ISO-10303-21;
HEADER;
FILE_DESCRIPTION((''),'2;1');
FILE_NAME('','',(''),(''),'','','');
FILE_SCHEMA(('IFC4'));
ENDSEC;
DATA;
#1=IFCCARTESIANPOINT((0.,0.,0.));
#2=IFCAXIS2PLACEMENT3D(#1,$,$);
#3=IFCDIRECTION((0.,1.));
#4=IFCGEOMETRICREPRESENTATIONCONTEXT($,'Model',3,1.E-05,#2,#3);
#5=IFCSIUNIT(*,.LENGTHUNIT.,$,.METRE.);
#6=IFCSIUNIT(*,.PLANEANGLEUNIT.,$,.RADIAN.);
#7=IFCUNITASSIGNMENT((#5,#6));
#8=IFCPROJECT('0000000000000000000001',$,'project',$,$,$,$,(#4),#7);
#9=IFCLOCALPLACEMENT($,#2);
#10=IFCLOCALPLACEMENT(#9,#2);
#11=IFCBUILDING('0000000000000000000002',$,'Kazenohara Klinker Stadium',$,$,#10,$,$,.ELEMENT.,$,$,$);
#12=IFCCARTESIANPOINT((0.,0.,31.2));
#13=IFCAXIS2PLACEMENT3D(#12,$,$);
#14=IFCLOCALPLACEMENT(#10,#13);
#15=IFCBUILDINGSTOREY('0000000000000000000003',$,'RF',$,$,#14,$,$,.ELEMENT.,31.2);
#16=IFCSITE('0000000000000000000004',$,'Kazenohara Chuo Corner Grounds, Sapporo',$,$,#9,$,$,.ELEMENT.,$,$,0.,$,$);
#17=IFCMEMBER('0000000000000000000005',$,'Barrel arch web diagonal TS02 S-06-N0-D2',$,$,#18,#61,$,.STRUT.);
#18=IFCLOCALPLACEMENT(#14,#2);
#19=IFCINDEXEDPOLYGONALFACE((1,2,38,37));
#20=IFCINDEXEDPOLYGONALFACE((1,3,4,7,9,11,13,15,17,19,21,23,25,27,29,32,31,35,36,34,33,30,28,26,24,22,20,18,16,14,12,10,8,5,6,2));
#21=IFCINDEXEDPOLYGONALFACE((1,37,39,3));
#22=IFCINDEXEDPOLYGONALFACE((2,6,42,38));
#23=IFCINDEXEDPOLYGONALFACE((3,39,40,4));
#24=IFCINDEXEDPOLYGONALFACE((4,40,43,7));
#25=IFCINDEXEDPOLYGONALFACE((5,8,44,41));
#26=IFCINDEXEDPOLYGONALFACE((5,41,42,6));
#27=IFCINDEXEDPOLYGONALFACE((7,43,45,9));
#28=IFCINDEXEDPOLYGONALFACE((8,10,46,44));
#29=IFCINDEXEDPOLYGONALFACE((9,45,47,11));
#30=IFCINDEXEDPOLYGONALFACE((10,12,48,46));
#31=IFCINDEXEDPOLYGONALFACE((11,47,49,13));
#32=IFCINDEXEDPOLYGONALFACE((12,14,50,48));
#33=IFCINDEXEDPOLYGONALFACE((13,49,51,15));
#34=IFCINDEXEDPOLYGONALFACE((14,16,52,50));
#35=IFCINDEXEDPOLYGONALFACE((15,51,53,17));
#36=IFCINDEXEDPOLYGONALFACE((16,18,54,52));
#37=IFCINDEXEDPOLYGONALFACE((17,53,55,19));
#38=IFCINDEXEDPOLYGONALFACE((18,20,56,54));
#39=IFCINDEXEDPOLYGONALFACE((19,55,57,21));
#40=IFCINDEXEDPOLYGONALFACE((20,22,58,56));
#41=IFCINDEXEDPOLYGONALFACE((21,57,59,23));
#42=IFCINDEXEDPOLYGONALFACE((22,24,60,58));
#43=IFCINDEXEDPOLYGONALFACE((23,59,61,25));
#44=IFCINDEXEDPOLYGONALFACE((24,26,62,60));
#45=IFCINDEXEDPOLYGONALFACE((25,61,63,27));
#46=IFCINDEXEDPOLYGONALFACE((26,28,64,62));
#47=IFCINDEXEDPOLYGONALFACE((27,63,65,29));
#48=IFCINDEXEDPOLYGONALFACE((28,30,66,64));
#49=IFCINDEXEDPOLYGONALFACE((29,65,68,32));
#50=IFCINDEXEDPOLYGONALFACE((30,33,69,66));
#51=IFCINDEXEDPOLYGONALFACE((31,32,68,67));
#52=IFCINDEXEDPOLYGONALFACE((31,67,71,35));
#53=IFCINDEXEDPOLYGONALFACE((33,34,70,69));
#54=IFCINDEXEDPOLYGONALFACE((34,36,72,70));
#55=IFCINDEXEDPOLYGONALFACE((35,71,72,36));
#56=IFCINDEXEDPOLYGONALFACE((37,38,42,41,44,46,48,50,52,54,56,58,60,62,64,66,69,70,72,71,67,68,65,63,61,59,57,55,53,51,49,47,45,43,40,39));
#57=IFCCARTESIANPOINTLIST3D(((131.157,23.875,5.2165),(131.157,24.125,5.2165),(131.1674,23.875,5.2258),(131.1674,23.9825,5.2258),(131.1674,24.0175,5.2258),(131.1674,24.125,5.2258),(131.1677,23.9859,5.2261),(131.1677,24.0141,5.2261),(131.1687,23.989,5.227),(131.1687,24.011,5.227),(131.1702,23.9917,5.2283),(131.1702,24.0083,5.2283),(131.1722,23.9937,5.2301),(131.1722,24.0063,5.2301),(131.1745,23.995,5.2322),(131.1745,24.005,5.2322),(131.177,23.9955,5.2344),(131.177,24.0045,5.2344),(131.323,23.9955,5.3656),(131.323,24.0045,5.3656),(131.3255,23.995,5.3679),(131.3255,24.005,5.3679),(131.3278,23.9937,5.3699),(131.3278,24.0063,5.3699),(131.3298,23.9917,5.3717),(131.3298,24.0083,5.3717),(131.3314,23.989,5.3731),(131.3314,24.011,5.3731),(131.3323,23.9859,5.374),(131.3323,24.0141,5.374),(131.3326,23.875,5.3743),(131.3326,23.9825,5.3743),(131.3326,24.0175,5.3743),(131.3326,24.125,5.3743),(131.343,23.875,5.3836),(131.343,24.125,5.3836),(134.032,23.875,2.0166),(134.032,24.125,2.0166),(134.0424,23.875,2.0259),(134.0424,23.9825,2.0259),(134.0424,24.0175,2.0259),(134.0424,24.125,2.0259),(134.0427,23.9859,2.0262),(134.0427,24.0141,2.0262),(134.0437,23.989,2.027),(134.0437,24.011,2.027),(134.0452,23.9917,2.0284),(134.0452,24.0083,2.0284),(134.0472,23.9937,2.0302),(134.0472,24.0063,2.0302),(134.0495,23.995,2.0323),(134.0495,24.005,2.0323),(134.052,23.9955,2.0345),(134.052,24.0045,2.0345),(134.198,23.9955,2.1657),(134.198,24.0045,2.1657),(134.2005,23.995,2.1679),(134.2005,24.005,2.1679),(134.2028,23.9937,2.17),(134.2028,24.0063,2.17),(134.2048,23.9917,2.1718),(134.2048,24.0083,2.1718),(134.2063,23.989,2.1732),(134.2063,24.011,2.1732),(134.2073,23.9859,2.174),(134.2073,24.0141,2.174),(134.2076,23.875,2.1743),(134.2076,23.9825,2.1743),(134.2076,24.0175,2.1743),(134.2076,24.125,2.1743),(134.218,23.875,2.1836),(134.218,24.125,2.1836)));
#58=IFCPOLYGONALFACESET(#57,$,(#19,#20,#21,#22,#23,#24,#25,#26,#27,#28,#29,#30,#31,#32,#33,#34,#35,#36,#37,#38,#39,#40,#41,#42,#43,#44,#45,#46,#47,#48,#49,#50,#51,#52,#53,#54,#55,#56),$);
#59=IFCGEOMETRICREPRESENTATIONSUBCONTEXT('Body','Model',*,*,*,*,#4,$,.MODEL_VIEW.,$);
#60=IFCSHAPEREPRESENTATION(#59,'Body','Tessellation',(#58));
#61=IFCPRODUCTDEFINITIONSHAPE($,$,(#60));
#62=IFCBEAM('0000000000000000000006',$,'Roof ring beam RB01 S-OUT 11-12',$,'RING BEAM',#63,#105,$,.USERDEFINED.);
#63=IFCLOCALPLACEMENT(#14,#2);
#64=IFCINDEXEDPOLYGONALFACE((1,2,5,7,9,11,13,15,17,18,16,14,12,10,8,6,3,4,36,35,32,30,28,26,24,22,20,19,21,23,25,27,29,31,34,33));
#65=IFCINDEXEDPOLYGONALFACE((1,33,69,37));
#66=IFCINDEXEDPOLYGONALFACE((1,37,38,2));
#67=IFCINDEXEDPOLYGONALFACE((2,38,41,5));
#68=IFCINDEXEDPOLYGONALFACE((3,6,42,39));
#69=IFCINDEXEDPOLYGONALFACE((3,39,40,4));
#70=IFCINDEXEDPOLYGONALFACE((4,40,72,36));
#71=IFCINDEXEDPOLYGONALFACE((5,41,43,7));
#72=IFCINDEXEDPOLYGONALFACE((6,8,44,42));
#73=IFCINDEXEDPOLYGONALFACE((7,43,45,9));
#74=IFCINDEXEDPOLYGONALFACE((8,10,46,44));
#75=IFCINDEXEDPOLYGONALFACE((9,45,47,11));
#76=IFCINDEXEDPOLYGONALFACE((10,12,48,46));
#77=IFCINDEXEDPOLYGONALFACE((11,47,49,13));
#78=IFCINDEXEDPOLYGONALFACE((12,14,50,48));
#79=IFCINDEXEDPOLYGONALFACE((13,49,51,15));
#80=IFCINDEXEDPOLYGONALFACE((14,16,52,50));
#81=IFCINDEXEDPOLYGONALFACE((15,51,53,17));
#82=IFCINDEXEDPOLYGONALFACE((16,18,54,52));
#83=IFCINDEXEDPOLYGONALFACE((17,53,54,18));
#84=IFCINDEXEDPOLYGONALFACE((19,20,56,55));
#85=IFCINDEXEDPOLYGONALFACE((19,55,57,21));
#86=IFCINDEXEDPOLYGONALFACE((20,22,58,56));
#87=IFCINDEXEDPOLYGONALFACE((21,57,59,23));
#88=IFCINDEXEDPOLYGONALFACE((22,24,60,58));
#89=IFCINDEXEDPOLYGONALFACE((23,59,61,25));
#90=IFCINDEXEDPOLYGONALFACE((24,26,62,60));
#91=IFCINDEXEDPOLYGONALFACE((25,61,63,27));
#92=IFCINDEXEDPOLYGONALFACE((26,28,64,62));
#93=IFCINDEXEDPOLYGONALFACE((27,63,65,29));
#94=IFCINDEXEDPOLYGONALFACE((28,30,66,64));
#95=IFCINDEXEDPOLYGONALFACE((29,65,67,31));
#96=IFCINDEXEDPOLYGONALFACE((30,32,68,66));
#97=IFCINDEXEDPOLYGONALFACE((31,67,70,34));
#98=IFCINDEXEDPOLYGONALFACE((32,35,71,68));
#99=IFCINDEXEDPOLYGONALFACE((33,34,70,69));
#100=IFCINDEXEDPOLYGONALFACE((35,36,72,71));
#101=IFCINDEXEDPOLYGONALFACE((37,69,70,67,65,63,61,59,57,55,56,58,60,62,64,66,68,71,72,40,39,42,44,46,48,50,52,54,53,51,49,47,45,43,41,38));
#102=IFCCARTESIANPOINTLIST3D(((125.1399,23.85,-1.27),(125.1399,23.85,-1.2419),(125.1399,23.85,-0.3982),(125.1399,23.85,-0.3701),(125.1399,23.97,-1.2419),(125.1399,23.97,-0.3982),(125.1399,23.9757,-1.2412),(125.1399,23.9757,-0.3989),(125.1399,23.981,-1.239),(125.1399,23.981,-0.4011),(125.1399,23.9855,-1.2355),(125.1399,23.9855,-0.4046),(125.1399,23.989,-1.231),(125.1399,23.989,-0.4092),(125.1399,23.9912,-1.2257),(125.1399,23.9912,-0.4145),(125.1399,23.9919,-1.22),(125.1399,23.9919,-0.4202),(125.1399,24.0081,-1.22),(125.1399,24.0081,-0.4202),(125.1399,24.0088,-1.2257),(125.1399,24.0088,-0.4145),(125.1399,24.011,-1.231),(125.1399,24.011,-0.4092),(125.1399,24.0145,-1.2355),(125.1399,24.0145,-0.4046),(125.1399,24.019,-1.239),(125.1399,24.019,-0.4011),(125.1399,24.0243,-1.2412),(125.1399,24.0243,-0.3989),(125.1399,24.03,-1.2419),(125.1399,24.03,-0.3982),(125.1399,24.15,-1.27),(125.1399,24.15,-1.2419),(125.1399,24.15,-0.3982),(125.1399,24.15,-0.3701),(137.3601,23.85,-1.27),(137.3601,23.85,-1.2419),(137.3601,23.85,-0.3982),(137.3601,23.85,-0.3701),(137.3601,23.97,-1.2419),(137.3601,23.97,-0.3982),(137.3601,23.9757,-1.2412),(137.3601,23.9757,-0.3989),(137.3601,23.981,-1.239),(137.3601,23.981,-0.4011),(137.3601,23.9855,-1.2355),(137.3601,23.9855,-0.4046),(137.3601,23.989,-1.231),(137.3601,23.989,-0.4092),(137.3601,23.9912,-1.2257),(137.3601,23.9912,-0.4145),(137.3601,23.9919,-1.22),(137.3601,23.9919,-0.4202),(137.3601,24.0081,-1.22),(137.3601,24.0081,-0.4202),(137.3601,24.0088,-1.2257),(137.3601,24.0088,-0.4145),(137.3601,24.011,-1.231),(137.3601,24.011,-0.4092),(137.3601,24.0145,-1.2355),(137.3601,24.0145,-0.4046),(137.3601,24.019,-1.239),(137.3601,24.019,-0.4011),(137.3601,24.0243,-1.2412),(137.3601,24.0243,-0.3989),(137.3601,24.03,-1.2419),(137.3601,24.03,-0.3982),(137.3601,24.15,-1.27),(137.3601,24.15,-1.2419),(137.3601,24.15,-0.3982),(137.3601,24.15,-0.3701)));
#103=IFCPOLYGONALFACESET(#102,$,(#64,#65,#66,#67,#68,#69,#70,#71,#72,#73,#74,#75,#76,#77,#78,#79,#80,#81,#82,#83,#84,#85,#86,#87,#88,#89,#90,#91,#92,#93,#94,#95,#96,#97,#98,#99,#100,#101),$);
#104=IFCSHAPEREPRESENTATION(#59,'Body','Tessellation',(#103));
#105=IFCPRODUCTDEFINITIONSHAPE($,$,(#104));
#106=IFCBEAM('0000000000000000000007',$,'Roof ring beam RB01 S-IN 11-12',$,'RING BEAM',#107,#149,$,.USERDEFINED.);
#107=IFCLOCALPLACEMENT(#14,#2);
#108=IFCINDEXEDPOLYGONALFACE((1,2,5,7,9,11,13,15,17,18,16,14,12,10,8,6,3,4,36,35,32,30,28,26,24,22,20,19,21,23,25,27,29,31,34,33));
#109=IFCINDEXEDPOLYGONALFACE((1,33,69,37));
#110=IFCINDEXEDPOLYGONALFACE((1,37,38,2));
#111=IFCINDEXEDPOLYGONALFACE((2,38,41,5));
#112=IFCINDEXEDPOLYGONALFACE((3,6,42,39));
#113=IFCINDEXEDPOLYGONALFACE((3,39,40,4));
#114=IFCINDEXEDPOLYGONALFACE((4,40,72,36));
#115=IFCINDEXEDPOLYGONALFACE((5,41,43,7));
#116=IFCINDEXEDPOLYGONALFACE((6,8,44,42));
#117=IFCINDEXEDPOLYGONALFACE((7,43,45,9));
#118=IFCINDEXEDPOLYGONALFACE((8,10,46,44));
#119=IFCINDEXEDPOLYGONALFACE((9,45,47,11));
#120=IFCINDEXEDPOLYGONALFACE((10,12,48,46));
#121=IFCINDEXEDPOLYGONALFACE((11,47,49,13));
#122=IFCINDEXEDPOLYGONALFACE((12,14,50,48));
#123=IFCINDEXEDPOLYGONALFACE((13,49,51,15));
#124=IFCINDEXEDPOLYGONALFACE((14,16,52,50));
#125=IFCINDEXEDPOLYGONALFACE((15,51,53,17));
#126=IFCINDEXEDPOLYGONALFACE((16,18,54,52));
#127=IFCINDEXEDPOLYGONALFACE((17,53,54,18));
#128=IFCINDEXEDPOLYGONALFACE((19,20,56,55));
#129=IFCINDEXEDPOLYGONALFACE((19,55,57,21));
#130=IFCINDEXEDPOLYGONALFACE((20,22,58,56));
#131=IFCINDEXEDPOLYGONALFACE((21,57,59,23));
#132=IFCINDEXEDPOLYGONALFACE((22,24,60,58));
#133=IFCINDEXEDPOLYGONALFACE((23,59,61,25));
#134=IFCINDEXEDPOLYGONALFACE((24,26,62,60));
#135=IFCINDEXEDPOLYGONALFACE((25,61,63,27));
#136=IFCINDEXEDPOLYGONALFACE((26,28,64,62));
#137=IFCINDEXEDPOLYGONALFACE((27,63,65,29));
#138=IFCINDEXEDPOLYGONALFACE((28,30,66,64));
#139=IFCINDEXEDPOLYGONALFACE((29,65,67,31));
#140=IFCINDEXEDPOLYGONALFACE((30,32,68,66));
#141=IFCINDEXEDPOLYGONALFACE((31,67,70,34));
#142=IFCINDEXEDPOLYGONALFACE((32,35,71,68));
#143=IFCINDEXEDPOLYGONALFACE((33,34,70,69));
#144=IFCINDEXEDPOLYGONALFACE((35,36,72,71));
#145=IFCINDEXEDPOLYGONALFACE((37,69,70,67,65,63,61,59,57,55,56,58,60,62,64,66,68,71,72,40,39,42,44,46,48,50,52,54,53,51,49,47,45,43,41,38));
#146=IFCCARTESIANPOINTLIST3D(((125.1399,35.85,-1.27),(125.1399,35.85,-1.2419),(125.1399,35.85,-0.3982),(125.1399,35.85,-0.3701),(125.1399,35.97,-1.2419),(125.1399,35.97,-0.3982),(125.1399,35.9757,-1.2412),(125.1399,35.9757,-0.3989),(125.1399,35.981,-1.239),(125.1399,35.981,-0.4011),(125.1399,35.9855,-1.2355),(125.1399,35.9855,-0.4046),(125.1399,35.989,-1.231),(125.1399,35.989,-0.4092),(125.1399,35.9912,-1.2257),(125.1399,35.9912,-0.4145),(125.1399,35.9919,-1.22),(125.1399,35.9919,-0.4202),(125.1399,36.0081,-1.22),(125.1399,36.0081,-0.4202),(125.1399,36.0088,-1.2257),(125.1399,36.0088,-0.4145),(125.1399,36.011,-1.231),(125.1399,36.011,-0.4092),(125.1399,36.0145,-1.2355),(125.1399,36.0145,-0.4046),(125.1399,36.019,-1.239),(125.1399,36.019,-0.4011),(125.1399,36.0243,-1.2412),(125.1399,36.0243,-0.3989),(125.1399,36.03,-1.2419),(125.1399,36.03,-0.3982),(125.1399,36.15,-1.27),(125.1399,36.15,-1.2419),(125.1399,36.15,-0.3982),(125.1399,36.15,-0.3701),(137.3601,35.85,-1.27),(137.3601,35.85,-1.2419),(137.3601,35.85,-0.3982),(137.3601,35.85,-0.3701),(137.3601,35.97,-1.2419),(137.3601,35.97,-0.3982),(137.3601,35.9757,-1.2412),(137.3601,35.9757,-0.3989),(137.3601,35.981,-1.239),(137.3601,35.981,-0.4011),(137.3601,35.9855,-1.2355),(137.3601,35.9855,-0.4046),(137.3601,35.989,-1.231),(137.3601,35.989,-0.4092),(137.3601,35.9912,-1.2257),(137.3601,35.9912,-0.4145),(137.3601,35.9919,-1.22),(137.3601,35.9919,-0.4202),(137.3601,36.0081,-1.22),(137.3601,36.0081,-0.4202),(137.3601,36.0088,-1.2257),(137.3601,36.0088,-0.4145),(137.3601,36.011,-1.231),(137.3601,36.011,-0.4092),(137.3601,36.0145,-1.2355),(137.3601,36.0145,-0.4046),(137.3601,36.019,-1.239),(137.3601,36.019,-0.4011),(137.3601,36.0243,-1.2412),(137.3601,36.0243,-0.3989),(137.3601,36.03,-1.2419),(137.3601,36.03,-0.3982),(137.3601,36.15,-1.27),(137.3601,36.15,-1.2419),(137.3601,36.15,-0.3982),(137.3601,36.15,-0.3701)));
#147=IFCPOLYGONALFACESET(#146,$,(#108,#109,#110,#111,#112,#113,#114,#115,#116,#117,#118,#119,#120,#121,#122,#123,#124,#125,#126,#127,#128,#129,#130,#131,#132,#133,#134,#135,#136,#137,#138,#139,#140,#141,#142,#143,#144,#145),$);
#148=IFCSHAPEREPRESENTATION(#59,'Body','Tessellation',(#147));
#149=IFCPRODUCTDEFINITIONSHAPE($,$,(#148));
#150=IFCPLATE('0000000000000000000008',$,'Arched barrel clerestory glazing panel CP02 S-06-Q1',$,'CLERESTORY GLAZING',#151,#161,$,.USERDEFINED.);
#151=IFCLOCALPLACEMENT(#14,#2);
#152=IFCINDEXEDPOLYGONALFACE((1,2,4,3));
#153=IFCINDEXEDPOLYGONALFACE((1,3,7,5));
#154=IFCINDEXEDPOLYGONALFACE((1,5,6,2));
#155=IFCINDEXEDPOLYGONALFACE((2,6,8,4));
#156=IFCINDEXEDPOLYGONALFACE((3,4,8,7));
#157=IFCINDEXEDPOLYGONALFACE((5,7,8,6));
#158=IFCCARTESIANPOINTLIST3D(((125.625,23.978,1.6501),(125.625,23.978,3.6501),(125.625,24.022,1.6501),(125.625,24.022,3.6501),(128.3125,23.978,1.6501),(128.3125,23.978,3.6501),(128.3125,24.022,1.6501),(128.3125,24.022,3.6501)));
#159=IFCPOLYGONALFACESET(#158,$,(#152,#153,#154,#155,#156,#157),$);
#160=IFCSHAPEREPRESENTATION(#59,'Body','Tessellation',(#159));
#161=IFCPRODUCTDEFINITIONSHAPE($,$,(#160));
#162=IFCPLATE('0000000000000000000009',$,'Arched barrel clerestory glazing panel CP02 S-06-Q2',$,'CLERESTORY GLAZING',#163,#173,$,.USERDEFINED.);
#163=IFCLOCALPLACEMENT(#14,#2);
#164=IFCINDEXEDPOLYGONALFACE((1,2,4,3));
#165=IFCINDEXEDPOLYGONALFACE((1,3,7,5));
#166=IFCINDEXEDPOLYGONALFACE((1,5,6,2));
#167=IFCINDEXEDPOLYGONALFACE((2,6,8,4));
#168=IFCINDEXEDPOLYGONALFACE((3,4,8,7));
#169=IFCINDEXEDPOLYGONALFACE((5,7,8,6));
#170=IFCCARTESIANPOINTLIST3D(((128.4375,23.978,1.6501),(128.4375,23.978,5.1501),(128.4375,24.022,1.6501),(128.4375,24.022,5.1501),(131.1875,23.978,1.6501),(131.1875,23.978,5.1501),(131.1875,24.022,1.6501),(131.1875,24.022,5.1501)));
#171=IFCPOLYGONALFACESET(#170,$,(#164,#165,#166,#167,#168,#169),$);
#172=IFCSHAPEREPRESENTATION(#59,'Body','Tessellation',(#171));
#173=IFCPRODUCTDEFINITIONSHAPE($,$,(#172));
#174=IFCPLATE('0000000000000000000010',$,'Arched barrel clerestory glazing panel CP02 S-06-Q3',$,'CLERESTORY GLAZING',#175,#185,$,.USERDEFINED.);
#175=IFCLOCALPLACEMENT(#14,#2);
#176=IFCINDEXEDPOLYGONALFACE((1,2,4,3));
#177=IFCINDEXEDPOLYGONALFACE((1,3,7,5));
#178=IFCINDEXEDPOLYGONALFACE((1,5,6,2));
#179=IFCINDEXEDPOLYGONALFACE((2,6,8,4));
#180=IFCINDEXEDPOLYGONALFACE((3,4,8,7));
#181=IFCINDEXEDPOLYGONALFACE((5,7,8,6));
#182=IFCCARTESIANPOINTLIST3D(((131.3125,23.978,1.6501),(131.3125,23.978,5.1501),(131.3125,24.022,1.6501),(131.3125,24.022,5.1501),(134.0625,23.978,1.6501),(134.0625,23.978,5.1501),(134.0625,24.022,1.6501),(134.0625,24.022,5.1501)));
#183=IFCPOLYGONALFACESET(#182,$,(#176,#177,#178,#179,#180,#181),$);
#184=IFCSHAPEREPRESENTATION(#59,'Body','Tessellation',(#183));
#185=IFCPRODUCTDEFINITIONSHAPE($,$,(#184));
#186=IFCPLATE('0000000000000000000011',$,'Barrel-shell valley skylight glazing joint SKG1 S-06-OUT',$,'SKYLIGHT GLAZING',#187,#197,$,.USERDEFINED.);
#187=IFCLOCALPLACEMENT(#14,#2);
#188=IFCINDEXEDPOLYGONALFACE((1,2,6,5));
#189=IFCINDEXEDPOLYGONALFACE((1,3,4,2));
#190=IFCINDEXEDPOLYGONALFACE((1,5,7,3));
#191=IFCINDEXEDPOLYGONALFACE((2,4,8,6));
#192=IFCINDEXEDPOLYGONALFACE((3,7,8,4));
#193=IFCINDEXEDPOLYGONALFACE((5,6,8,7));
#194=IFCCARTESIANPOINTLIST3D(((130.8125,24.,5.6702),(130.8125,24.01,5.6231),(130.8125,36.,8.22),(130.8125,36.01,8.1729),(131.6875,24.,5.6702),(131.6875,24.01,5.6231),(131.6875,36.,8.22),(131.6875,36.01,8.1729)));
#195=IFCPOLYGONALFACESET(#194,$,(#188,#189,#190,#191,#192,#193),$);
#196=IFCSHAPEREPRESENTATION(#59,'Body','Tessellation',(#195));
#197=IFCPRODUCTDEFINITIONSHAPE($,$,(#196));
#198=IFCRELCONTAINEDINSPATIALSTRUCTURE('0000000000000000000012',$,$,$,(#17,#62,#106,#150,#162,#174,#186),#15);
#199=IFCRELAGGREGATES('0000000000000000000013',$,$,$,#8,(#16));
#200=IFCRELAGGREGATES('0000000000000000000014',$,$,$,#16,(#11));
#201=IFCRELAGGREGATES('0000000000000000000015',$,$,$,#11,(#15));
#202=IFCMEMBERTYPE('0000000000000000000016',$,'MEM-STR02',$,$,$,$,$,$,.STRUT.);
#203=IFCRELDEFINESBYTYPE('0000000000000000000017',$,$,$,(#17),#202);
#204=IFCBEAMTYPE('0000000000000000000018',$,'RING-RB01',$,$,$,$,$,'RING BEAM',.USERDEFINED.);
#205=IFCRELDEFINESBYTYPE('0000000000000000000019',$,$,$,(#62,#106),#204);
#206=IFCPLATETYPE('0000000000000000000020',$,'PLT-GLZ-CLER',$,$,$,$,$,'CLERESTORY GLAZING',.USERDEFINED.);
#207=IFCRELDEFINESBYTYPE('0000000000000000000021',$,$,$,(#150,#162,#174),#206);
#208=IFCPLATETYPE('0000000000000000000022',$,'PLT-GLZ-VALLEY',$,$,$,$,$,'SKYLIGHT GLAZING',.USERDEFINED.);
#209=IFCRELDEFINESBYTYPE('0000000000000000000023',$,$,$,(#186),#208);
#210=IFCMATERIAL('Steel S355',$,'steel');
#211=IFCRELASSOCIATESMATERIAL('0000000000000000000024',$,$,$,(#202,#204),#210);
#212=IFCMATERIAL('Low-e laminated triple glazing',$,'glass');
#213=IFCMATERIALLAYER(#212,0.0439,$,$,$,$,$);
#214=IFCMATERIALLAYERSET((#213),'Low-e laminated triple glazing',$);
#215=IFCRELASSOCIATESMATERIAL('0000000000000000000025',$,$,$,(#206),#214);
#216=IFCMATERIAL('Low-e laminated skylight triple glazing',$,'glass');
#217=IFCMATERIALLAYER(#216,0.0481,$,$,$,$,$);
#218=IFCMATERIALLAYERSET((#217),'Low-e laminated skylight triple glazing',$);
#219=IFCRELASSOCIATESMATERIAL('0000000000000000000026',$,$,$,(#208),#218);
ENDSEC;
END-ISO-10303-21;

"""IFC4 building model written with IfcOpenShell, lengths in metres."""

from ifc_helpers import new_model, si_unit, direction, frame, origin, origin_2d, place, context, subcontext, project, spatial, polyline, rectangle, i_section, outline, extrude, material, layer, layer_set, material_profile, profile_set, type_object, element, save


model = new_model("IFC4")

# Units and contexts
model_context = context("Model", 3, precision=1e-05, world=origin(), true_north=direction((0.0, 1.0)))
body_context = subcontext(model_context, "Body", "Model", "MODEL_VIEW")
ifc_project = project(units=[si_unit("LENGTHUNIT", "METRE"), si_unit("PLANEANGLEUNIT", "RADIAN")], contexts=[model_context])

# Site, building, storey
site_placement = place(None, origin())
site = spatial("IfcSite", under=ifc_project, at=site_placement, Name="Kazenohara Chuo Corner Grounds, Sapporo", CompositionType="ELEMENT", RefElevation=0.0)
building_placement = place(site_placement, origin())
building = spatial("IfcBuilding", under=site, at=building_placement, Name="Kazenohara Klinker Stadium", CompositionType="ELEMENT")
storey_placement = place(building_placement, frame((0.0, 0.0, 31.2)))
storey = spatial("IfcBuildingStorey", under=building, at=storey_placement, Name="RF", CompositionType="ELEMENT", Elevation=31.2)

# Member
ifc_material_1 = material(Name="Steel S355", Category="steel")
ifc_material_profile_1 = material_profile(ifc_material_1, i_section(OverallWidth=0.25, OverallDepth=0.25, WebThickness=0.009, FlangeThickness=0.0139, FilletRadius=0.0129, at=origin_2d()), Name="H-250x250x9x14")
ifc_profile_set_1 = profile_set([ifc_material_profile_1], Name="Steel S355")
member_type_1 = type_object("IfcMemberType", Name="MEM-STR02", PredefinedType="STRUT", material=ifc_profile_set_1)
for number, where, z_axis, x_axis, name in (
    (1, (134.125, 24.0, 2.1001), (-0.668328, 0.0, 0.743867), (0.0, -1.0, 0.0), "Barrel arch web diagonal TS02 S-06-N0-D2"),
):
    element("IfcMember", number, at=place(storey_placement, frame(where, z_axis=z_axis, x_axis=x_axis)), inside=storey, type_object=member_type_1, Name=name, PredefinedType="STRUT", context=body_context, shape_type="SweptSolid", body=[
        extrude(i_section(OverallWidth=0.25, OverallDepth=0.25, WebThickness=0.009, FlangeThickness=0.0139, FilletRadius=0.0129, at=origin_2d()), origin(), (0.0, 0.0, 1.0), 4.3018),
    ])

# Beams
ifc_material_profile_2 = material_profile(ifc_material_1, i_section(OverallWidth=0.3, OverallDepth=0.8999, WebThickness=0.0161, FlangeThickness=0.0281, FilletRadius=0.022, at=origin_2d()), Name="H-900x300x16x28")
ifc_profile_set_2 = profile_set([ifc_material_profile_2], Name="Steel S355")
beam_type = type_object("IfcBeamType", Name="RING-RB01", ElementType="RING BEAM", PredefinedType="USERDEFINED", material=ifc_profile_set_2)
for number, where, z_axis, x_axis, name in (
    (2, (125.1399, 24.0, -0.8201), (1.0, 0.0, 0.0), (0.0, 1.0, 0.0), "Roof ring beam RB01 S-OUT 11-12"),
    (3, (125.1399, 36.0, -0.8201), (1.0, 0.0, 0.0), (0.0, 1.0, 0.0), "Roof ring beam RB01 S-IN 11-12"),
):
    element("IfcBeam", number, at=place(storey_placement, frame(where, z_axis=z_axis, x_axis=x_axis)), inside=storey, type_object=beam_type, Name=name, ObjectType="RING BEAM", PredefinedType="USERDEFINED", context=body_context, shape_type="SweptSolid", body=[
        extrude(i_section(OverallWidth=0.3, OverallDepth=0.8999, WebThickness=0.0161, FlangeThickness=0.0281, FilletRadius=0.022, at=origin_2d()), origin(), (0.0, 0.0, 1.0), 12.2202),
    ])

# Plates
ifc_material_2 = material(Name="Low-e laminated triple glazing", Category="glass")
ifc_layer_1 = layer(ifc_material_2, 0.0439)
ifc_layer_set_1 = layer_set([ifc_layer_1], Name="Low-e laminated triple glazing")
plate_type_1 = type_object("IfcPlateType", Name="PLT-GLZ-CLER", ElementType="CLERESTORY GLAZING", PredefinedType="USERDEFINED", material=ifc_layer_set_1)
plate_1_placement = place(storey_placement, frame((126.9688, 24.0, 1.6501), z_axis=(0.0, 0.0, 1.0), x_axis=(1.0, 0.0, 0.0)))
element("IfcPlate", 4, at=plate_1_placement, inside=storey, type_object=plate_type_1, Name="Arched barrel clerestory glazing panel CP02 S-06-Q1", ObjectType="CLERESTORY GLAZING", PredefinedType="USERDEFINED", context=body_context, shape_type="SweptSolid", body=[
    extrude(rectangle(XDim=2.6875, YDim=0.0439, at=origin_2d()), origin(), (0.0, 0.0, 1.0), 2.0),
])
for number, where, z_axis, x_axis, name in (
    (5, (129.8125, 24.0, 1.6501), (0.0, 0.0, 1.0), (1.0, 0.0, 0.0), "Arched barrel clerestory glazing panel CP02 S-06-Q2"),
    (6, (132.6875, 24.0, 1.6501), (0.0, 0.0, 1.0), (1.0, 0.0, 0.0), "Arched barrel clerestory glazing panel CP02 S-06-Q3"),
):
    element("IfcPlate", number, at=place(storey_placement, frame(where, z_axis=z_axis, x_axis=x_axis)), inside=storey, type_object=plate_type_1, Name=name, ObjectType="CLERESTORY GLAZING", PredefinedType="USERDEFINED", context=body_context, shape_type="SweptSolid", body=[
        extrude(rectangle(XDim=2.75, YDim=0.0439, at=origin_2d()), origin(), (0.0, 0.0, 1.0), 3.5),
    ])
ifc_material_3 = material(Name="Low-e laminated skylight triple glazing", Category="glass")
ifc_layer_2 = layer(ifc_material_3, 0.0481)
ifc_layer_set_2 = layer_set([ifc_layer_2], Name="Low-e laminated skylight triple glazing")
plate_type_2 = type_object("IfcPlateType", Name="PLT-GLZ-VALLEY", ElementType="SKYLIGHT GLAZING", PredefinedType="USERDEFINED", material=ifc_layer_set_2)
plate_2_placement = place(storey_placement, frame((130.8125, 24.0, 5.6702), z_axis=(0.0, -0.207844, 0.978162), x_axis=(0.0, 0.978162, 0.207844)))
element("IfcPlate", 7, at=plate_2_placement, inside=storey, type_object=plate_type_2, Name="Barrel-shell valley skylight glazing joint SKG1 S-06-OUT", ObjectType="SKYLIGHT GLAZING", PredefinedType="USERDEFINED", context=body_context, shape_type="SweptSolid", body=[
    extrude(outline(polyline([(0.0, 0.0), (12.2679, 0.0), (12.2679, -0.875), (0.0, -0.875), (0.0, 0.0)])), origin(), (0.0, 0.0, -1.0), 0.0481),
])

save(model, "model.ifc")
